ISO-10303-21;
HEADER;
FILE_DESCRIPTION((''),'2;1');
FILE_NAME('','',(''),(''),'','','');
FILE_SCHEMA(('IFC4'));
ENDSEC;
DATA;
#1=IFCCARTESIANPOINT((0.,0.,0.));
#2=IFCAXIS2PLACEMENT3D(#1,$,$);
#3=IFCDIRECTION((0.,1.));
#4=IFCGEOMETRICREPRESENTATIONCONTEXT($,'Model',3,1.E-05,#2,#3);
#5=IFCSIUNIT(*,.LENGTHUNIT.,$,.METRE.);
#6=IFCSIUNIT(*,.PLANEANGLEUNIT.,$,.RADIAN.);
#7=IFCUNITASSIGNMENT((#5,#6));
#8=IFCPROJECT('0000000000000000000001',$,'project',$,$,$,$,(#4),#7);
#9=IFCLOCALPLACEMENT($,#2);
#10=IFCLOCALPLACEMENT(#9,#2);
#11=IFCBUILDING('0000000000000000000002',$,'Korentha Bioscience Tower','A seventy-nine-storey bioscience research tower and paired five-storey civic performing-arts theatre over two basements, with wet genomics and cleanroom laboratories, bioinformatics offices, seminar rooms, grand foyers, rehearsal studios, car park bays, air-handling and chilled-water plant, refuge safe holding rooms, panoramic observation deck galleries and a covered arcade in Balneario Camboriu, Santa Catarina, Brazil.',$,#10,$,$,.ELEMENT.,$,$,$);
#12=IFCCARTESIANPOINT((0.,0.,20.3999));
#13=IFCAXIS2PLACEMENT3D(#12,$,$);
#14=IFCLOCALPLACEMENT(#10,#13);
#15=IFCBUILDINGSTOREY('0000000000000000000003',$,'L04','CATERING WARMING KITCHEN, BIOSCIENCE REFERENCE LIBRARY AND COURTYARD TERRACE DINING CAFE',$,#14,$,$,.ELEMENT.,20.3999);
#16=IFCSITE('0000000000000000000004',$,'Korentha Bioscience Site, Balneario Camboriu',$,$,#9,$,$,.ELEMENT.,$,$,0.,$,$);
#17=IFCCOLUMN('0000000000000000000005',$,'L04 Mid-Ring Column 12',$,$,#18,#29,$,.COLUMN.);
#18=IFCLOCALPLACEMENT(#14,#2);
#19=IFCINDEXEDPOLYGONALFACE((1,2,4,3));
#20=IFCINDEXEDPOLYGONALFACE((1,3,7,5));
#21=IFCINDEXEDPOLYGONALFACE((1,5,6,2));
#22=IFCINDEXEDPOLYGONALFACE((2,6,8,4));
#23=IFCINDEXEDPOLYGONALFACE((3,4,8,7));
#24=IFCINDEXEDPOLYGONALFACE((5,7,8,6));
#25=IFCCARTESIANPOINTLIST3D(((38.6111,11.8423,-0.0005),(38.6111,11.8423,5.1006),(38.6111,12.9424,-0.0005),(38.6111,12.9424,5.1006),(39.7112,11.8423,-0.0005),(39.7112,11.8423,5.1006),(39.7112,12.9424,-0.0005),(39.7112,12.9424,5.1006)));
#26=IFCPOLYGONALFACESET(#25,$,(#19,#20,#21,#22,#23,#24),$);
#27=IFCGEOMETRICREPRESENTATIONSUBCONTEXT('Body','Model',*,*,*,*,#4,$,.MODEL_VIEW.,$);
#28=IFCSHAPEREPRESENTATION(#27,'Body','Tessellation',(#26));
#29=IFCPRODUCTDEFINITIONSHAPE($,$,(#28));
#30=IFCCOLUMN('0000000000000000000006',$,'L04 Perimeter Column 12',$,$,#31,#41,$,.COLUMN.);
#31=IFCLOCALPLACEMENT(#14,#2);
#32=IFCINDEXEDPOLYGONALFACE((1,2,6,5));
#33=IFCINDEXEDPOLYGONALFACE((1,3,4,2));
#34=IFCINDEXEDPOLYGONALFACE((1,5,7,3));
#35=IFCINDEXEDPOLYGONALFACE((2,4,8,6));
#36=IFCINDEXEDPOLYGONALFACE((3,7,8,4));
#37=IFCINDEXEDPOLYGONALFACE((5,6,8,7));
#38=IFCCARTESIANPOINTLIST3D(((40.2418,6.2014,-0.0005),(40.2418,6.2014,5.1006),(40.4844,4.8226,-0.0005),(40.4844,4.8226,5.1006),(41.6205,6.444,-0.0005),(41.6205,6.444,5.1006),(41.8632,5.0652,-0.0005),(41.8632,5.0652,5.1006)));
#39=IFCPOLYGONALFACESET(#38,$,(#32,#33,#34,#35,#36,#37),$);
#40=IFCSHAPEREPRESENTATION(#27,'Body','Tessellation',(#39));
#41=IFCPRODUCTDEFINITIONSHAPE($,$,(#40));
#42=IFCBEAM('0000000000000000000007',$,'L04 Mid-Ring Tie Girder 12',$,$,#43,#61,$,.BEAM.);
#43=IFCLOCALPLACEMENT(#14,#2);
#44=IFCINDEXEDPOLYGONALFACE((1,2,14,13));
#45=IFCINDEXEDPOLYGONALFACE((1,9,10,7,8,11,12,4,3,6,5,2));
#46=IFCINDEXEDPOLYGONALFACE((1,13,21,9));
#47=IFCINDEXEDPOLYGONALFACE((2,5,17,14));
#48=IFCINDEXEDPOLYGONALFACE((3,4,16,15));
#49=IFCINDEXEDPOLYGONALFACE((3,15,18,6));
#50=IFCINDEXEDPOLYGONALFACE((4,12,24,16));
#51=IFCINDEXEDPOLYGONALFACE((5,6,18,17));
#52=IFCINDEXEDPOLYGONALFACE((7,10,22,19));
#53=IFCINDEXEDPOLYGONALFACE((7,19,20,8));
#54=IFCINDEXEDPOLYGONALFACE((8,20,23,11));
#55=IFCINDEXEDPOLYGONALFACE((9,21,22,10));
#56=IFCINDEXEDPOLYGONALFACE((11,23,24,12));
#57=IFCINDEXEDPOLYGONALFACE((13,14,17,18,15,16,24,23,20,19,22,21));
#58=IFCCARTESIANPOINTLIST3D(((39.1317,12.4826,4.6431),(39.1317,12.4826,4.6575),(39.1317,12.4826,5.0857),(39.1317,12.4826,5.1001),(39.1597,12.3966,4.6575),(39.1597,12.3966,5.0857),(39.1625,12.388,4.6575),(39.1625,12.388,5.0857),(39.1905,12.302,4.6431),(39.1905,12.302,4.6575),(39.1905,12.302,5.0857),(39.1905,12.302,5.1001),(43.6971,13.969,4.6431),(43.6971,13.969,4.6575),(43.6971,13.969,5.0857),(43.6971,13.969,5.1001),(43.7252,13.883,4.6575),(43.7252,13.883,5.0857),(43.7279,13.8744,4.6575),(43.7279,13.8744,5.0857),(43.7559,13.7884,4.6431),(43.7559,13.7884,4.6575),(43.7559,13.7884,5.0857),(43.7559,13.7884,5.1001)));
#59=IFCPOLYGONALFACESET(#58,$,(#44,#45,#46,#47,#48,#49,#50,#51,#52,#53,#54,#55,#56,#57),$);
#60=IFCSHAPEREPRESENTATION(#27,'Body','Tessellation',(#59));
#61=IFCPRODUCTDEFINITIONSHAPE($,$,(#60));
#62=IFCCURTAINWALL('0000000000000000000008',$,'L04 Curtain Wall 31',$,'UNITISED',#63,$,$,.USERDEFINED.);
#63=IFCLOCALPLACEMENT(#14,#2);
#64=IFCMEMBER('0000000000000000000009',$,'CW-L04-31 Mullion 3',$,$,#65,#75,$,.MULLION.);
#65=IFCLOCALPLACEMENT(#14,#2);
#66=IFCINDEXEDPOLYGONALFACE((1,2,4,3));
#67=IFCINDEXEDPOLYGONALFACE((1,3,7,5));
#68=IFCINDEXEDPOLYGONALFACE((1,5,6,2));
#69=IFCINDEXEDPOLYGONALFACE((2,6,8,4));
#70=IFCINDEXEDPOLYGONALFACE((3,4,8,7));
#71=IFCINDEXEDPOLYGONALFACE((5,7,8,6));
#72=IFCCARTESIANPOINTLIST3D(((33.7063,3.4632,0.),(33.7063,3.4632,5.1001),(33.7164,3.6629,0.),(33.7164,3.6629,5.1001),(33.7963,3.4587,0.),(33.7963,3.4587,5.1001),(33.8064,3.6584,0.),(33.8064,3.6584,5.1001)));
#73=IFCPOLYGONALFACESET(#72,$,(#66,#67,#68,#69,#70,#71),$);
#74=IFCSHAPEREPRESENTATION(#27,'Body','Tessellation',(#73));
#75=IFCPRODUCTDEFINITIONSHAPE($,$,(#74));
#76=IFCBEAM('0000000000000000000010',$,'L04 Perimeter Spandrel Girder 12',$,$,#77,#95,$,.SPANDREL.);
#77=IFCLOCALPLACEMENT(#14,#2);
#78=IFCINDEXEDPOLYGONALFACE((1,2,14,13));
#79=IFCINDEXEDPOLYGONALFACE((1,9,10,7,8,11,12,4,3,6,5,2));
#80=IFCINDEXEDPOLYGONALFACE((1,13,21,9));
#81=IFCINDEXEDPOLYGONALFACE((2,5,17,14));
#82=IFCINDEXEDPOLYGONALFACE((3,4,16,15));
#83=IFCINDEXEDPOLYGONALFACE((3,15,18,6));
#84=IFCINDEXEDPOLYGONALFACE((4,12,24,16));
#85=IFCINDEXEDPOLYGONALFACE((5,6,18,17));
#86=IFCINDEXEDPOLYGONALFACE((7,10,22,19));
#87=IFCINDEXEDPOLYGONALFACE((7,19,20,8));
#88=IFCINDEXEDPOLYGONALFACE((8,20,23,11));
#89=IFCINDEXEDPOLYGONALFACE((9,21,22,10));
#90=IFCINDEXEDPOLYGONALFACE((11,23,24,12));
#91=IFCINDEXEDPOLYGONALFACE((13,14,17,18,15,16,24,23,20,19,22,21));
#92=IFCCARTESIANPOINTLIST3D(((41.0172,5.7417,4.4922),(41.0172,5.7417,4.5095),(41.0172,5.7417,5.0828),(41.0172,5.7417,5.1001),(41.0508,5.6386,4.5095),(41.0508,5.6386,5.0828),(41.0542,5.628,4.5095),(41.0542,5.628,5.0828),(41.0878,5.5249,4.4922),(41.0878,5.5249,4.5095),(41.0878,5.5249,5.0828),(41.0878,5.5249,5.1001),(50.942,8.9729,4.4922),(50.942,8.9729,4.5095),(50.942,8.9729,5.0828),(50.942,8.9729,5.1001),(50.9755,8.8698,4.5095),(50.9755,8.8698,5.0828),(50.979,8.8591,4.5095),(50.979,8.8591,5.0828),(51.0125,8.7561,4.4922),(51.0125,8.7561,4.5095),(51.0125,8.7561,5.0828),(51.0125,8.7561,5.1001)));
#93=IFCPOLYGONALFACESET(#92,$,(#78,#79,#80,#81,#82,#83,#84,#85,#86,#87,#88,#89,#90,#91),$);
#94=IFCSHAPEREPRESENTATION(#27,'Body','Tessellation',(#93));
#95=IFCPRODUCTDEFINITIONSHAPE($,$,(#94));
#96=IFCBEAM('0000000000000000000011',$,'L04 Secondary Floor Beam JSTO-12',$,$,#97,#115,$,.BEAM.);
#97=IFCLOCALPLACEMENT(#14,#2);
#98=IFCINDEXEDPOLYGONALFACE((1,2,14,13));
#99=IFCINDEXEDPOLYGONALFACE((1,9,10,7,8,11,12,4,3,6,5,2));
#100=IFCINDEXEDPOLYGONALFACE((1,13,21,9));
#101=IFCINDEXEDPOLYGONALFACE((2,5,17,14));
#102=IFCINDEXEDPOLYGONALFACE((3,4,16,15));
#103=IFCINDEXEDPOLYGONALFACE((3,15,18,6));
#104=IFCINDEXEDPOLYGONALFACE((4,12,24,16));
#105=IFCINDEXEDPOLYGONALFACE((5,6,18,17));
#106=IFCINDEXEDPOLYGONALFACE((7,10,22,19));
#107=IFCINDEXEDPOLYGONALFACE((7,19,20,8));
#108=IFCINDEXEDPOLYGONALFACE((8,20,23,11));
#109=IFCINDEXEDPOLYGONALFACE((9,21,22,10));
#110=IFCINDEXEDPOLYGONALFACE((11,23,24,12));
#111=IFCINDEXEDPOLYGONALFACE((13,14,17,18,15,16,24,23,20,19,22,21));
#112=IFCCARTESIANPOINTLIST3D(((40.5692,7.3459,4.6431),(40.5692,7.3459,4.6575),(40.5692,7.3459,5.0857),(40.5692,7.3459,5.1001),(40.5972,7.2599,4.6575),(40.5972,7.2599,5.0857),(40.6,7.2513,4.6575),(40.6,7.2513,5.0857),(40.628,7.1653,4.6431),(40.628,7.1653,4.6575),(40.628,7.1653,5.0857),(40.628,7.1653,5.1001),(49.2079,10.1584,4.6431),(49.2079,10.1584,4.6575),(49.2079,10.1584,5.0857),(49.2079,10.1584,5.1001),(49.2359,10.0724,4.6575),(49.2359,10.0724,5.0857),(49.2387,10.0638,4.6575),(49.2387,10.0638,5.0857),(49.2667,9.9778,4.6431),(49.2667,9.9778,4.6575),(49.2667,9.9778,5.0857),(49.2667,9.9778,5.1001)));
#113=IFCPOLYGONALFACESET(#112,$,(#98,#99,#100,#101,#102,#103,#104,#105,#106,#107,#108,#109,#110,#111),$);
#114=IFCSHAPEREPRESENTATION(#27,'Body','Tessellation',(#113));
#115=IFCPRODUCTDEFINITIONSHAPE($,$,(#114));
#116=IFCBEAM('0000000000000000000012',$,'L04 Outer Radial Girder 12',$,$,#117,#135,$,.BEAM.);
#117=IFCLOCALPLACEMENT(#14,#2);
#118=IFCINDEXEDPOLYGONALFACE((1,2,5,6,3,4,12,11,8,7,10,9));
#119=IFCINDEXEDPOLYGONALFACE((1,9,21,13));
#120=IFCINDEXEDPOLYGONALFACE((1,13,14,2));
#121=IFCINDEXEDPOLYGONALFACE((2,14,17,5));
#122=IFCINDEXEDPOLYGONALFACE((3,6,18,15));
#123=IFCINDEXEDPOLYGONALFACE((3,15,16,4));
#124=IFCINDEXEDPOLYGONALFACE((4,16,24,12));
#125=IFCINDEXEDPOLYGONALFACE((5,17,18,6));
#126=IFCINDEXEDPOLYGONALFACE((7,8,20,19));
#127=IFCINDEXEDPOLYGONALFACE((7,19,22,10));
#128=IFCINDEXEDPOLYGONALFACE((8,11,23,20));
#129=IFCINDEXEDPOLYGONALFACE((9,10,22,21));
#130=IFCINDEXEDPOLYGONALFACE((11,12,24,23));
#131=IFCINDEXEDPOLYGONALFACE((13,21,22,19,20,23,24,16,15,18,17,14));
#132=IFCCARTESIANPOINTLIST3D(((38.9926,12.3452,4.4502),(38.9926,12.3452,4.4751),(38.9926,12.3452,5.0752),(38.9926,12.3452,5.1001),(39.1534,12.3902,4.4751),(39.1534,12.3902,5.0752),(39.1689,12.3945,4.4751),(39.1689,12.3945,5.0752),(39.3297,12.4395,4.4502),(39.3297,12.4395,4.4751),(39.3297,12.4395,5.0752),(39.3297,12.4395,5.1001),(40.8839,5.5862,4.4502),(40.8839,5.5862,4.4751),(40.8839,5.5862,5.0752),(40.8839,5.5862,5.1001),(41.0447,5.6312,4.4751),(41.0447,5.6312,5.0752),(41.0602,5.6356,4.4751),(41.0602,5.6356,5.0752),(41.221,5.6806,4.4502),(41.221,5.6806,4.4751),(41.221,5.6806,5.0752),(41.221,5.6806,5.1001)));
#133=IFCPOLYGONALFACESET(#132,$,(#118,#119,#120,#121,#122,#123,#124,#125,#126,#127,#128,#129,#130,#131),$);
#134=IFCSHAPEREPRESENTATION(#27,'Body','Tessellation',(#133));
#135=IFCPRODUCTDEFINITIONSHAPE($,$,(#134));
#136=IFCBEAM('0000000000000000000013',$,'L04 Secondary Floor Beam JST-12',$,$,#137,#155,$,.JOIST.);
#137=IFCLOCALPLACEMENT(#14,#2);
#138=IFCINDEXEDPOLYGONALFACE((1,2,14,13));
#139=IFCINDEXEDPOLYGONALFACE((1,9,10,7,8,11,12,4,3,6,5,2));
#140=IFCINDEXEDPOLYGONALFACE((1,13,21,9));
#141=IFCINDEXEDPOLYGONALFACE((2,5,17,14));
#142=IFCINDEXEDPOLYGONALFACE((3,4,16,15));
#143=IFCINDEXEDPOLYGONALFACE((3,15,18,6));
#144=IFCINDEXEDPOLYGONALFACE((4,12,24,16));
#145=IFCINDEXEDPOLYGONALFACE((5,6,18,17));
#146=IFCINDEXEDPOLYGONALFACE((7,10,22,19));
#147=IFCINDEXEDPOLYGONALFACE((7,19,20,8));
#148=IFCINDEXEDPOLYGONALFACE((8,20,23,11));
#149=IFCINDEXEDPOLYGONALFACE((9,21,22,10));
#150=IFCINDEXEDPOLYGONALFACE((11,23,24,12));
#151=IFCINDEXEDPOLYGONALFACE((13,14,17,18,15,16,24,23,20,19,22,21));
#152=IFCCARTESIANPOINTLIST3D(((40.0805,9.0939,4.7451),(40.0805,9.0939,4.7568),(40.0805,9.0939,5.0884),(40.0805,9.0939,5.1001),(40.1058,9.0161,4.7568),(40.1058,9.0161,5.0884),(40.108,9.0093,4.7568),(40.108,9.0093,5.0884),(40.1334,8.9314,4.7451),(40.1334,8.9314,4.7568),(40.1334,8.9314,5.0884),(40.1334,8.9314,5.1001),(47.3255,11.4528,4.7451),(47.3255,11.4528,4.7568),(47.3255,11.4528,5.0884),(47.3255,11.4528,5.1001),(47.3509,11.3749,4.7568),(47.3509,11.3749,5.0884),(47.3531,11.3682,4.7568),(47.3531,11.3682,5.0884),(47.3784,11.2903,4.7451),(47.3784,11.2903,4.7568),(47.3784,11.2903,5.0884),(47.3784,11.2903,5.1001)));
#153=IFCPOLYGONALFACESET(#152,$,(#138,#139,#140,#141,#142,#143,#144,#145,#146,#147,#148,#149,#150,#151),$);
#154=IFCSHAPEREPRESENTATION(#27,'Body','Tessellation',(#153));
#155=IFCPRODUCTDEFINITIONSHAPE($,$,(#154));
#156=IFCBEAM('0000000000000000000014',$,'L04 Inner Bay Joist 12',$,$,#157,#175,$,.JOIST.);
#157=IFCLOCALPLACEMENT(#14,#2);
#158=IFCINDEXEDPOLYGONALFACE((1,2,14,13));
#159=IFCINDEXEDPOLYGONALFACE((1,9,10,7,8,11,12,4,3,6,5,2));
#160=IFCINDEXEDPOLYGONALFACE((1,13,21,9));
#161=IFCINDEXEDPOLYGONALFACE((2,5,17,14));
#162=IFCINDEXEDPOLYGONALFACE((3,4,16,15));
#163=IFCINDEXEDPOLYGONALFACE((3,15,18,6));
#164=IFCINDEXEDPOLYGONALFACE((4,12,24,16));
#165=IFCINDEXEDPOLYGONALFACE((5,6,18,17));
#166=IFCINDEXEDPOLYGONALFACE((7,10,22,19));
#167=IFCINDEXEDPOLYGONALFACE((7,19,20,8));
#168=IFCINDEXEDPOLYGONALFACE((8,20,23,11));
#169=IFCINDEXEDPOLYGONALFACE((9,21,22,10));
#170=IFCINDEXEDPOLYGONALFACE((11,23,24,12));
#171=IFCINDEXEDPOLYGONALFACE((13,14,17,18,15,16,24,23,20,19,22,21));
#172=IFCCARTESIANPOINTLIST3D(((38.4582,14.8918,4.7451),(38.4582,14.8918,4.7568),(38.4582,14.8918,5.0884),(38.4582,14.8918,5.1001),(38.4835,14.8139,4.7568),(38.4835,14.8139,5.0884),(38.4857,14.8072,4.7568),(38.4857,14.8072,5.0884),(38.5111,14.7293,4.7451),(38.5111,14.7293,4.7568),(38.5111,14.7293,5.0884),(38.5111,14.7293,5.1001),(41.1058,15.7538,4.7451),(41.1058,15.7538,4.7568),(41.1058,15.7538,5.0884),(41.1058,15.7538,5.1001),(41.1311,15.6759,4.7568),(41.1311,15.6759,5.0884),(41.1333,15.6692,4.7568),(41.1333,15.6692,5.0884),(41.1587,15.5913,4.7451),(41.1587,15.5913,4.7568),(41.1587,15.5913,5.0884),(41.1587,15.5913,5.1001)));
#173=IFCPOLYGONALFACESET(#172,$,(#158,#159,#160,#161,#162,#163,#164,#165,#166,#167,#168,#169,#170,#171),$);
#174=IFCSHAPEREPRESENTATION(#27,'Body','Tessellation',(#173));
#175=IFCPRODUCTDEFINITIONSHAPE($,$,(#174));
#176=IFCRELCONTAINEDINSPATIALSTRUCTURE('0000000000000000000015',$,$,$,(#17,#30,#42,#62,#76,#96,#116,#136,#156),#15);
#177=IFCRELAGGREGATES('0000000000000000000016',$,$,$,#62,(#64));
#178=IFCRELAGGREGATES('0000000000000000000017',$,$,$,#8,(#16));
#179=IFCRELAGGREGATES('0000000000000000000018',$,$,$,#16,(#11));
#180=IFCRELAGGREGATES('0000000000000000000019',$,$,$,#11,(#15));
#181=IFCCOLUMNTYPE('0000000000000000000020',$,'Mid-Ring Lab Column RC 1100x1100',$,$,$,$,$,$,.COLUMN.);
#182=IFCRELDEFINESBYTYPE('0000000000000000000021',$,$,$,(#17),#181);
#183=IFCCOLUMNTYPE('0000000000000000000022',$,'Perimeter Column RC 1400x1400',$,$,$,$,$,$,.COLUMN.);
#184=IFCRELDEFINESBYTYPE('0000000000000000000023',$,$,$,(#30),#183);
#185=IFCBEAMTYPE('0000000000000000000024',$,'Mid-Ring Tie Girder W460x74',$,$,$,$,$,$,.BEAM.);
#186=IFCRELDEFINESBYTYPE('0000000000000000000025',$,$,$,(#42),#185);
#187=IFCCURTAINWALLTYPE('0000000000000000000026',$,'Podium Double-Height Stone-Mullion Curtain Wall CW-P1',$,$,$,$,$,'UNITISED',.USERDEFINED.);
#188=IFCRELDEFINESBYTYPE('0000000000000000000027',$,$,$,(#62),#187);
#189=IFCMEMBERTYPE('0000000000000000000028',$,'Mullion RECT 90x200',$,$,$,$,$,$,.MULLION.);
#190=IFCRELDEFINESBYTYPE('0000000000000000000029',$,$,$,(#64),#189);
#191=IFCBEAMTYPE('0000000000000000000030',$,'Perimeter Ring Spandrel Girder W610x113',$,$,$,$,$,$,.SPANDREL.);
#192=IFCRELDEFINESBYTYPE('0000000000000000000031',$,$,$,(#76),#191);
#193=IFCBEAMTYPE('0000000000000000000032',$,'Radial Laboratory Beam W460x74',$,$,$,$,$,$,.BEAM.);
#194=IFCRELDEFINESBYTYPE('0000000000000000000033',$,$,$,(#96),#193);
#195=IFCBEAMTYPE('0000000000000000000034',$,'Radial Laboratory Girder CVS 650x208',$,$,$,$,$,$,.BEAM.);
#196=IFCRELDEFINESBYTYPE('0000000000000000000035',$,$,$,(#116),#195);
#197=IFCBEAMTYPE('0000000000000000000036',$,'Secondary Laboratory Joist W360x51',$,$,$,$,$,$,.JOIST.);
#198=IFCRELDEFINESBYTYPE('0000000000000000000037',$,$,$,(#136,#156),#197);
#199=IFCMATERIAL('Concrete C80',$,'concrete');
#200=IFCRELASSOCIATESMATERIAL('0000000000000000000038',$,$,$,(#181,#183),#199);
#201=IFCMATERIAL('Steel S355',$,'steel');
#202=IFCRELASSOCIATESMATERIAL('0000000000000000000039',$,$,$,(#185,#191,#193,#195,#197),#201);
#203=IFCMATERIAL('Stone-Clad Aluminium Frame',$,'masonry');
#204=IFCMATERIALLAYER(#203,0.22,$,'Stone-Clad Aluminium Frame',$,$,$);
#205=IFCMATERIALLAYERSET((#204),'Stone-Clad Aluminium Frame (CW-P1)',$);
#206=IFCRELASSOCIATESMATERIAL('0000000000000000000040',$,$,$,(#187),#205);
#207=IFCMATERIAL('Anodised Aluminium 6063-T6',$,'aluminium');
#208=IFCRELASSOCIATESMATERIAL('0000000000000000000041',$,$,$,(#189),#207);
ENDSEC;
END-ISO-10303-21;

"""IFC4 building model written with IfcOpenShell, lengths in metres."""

from ifc_helpers import new_model, si_unit, direction, frame, origin, origin_2d, place, context, subcontext, project, spatial, rectangle, i_section, extrude, material, layer, layer_set, material_profile, profile_set, type_object, element, aggregate, save


model = new_model("IFC4")

# Units and contexts
model_context = context("Model", 3, precision=1e-05, world=origin(), true_north=direction((0.0, 1.0)))
body_context = subcontext(model_context, "Body", "Model", "MODEL_VIEW")
ifc_project = project(units=[si_unit("LENGTHUNIT", "METRE"), si_unit("PLANEANGLEUNIT", "RADIAN")], contexts=[model_context])

# Site, building, storey
site_placement = place(None, origin())
site = spatial("IfcSite", under=ifc_project, at=site_placement, Name="Korentha Bioscience Site, Balneario Camboriu", CompositionType="ELEMENT", RefElevation=0.0)
building_placement = place(site_placement, origin())
building = spatial("IfcBuilding", under=site, at=building_placement, Name="Korentha Bioscience Tower", Description="A seventy-nine-storey bioscience research tower and paired five-storey civic performing-arts theatre over two basements, with wet genomics and cleanroom laboratories, bioinformatics offices, seminar rooms, grand foyers, rehearsal studios, car park bays, air-handling and chilled-water plant, refuge safe holding rooms, panoramic observation deck galleries and a covered arcade in Balneario Camboriu, Santa Catarina, Brazil.", CompositionType="ELEMENT")
storey_placement = place(building_placement, frame((0.0, 0.0, 20.3999)))
storey = spatial("IfcBuildingStorey", under=building, at=storey_placement, Name="L04", Description="CATERING WARMING KITCHEN, BIOSCIENCE REFERENCE LIBRARY AND COURTYARD TERRACE DINING CAFE", CompositionType="ELEMENT", Elevation=20.3999)

# Columns
ifc_material_1 = material(Name="Concrete C80", Category="concrete")
ifc_material_profile_1 = material_profile(ifc_material_1, rectangle(XDim=1.1001, YDim=1.1001, at=origin_2d()), Name="Concrete C80")
ifc_profile_set_1 = profile_set([ifc_material_profile_1], Name="Concrete C80 (COL-MR11)")
column_type_1 = type_object("IfcColumnType", Name="Mid-Ring Lab Column RC 1100x1100", PredefinedType="COLUMN", material=ifc_profile_set_1)
column_1_placement = place(storey_placement, frame((39.1611, 12.3923, -0.0005), z_axis=(0.0, 0.0, 1.0), x_axis=(1.0, 0.0, 0.0)))
element("IfcColumn", 1, at=column_1_placement, inside=storey, type_object=column_type_1, Name="L04 Mid-Ring Column 12", PredefinedType="COLUMN", context=body_context, shape_type="SweptSolid", body=[
    extrude(rectangle(XDim=1.1001, YDim=1.1001, at=origin_2d()), origin(), (0.0, 0.0, 1.0), 5.1011),
])
ifc_material_profile_2 = material_profile(ifc_material_1, rectangle(XDim=1.3999, YDim=1.3999, at=origin_2d()), Name="Concrete C80")
ifc_profile_set_2 = profile_set([ifc_material_profile_2], Name="Concrete C80 (COL-P14)")
column_type_2 = type_object("IfcColumnType", Name="Perimeter Column RC 1400x1400", PredefinedType="COLUMN", material=ifc_profile_set_2)
column_2_placement = place(storey_placement, frame((41.0525, 5.6333, -0.0005), z_axis=(0.0, 0.0, 1.0), x_axis=(0.984868, 0.173304, 0.0)))
element("IfcColumn", 2, at=column_2_placement, inside=storey, type_object=column_type_2, Name="L04 Perimeter Column 12", PredefinedType="COLUMN", context=body_context, shape_type="SweptSolid", body=[
    extrude(rectangle(XDim=1.3999, YDim=1.3999, at=origin_2d()), origin(), (0.0, 0.0, 1.0), 5.1011),
])

# Beam
ifc_material_2 = material(Name="Steel S355", Category="steel")
ifc_material_profile_3 = material_profile(ifc_material_2, i_section(OverallWidth=0.1899, OverallDepth=0.457, WebThickness=0.009, FlangeThickness=0.0144, at=origin_2d()), Name="Steel S355")
ifc_profile_set_3 = profile_set([ifc_material_profile_3], Name="Steel S355 (MB-460)")
beam_type_1 = type_object("IfcBeamType", Name="Mid-Ring Tie Girder W460x74", PredefinedType="BEAM", material=ifc_profile_set_3)
beam_1_placement = place(storey_placement, frame((39.1611, 12.3923, 4.8716), z_axis=(0.950877, 0.309569, 0.0), x_axis=(-0.309569, 0.950877, 0.0)))
element("IfcBeam", 3, at=beam_1_placement, inside=storey, type_object=beam_type_1, Name="L04 Mid-Ring Tie Girder 12", PredefinedType="BEAM", context=body_context, shape_type="SweptSolid", body=[
    extrude(i_section(OverallWidth=0.1899, OverallDepth=0.457, WebThickness=0.009, FlangeThickness=0.0144, at=origin_2d()), origin(), (0.0, 0.0, 1.0), 4.8013),
])

# Curtain wall, member
ifc_material_3 = material(Name="Stone-Clad Aluminium Frame", Category="masonry")
ifc_layer_1 = layer(ifc_material_3, 0.22, Name="Stone-Clad Aluminium Frame")
ifc_layer_set_1 = layer_set([ifc_layer_1], Name="Stone-Clad Aluminium Frame (CW-P1)")
curtain_wall_type = type_object("IfcCurtainWallType", Name="Podium Double-Height Stone-Mullion Curtain Wall CW-P1", ElementType="UNITISED", PredefinedType="USERDEFINED", material=ifc_layer_set_1)
curtain_wall_placement = place(storey_placement, origin())
curtain_wall = element("IfcCurtainWall", 4, at=curtain_wall_placement, inside=storey, type_object=curtain_wall_type, Name="L04 Curtain Wall 31", ObjectType="UNITISED", PredefinedType="USERDEFINED")
ifc_material_4 = material(Name="Anodised Aluminium 6063-T6", Category="aluminium")
ifc_material_profile_4 = material_profile(ifc_material_4, rectangle(XDim=0.0901, YDim=0.2, at=origin_2d()), Name="Anodised Aluminium 6063-T6")
ifc_profile_set_4 = profile_set([ifc_material_profile_4], Name="Anodised Aluminium 6063-T6 (CW-MUL)")
member_type_1 = type_object("IfcMemberType", Name="Mullion RECT 90x200", PredefinedType="MULLION", material=ifc_profile_set_4)
member_1_placement = place(storey_placement, frame((33.7563, 3.5608, 0.0), z_axis=(0.0, 0.0, 1.0), x_axis=(0.998731, -0.050371, 0.0)))
member_1 = element("IfcMember", 5, at=member_1_placement, type_object=member_type_1, Name="CW-L04-31 Mullion 3", PredefinedType="MULLION", context=body_context, shape_type="SweptSolid", body=[
    extrude(rectangle(XDim=0.0901, YDim=0.2, at=origin_2d()), origin(), (0.0, 0.0, 1.0), 5.1001),
])

# Beams
ifc_material_profile_5 = material_profile(ifc_material_2, i_section(OverallWidth=0.228, OverallDepth=0.6079, WebThickness=0.0112, FlangeThickness=0.0173, at=origin_2d()), Name="Steel S355")
ifc_profile_set_5 = profile_set([ifc_material_profile_5], Name="Steel S355 (SB-610)")
beam_type_2 = type_object("IfcBeamType", Name="Perimeter Ring Spandrel Girder W610x113", PredefinedType="SPANDREL", material=ifc_profile_set_5)
beam_2_placement = place(storey_placement, frame((41.0525, 5.6333, 4.7961), z_axis=(0.950875, 0.309575, 0.0), x_axis=(-0.309575, 0.950875, 0.0)))
element("IfcBeam", 6, at=beam_2_placement, inside=storey, type_object=beam_type_2, Name="L04 Perimeter Spandrel Girder 12", PredefinedType="SPANDREL", context=body_context, shape_type="SweptSolid", body=[
    extrude(i_section(OverallWidth=0.228, OverallDepth=0.6079, WebThickness=0.0112, FlangeThickness=0.0173, at=origin_2d()), origin(), (0.0, 0.0, 1.0), 10.4375),
])
ifc_material_profile_6 = material_profile(ifc_material_2, i_section(OverallWidth=0.1899, OverallDepth=0.457, WebThickness=0.009, FlangeThickness=0.0144, at=origin_2d()), Name="Steel S355")
ifc_profile_set_6 = profile_set([ifc_material_profile_6], Name="Steel S355 (RB-460)")
beam_type_3 = type_object("IfcBeamType", Name="Radial Laboratory Beam W460x74", PredefinedType="BEAM", material=ifc_profile_set_6)
beam_3_placement = place(storey_placement, frame((40.5986, 7.2556, 4.8716), z_axis=(0.950874, 0.309577, 0.0), x_axis=(-0.309577, 0.950874, 0.0)))
element("IfcBeam", 7, at=beam_3_placement, inside=storey, type_object=beam_type_3, Name="L04 Secondary Floor Beam JSTO-12", PredefinedType="BEAM", context=body_context, shape_type="SweptSolid", body=[
    extrude(i_section(OverallWidth=0.1899, OverallDepth=0.457, WebThickness=0.009, FlangeThickness=0.0144, at=origin_2d()), origin(), (0.0, 0.0, 1.0), 9.085),
])
ifc_material_profile_7 = material_profile(ifc_material_2, i_section(OverallWidth=0.3501, OverallDepth=0.6499, WebThickness=0.0161, FlangeThickness=0.0249, at=origin_2d()), Name="Steel S355")
ifc_profile_set_7 = profile_set([ifc_material_profile_7], Name="Steel S355 (RB-650)")
beam_type_4 = type_object("IfcBeamType", Name="Radial Laboratory Girder CVS 650x208", PredefinedType="BEAM", material=ifc_profile_set_7)
beam_4_placement = place(storey_placement, frame((39.1611, 12.3923, 4.7751), z_axis=(0.269475, -0.963007, 0.0), x_axis=(0.963007, 0.269475, 0.0)))
element("IfcBeam", 8, at=beam_4_placement, inside=storey, type_object=beam_type_4, Name="L04 Outer Radial Girder 12", PredefinedType="BEAM", context=body_context, shape_type="SweptSolid", body=[
    extrude(i_section(OverallWidth=0.3501, OverallDepth=0.6499, WebThickness=0.0161, FlangeThickness=0.0249, at=origin_2d()), origin(), (0.0, 0.0, 1.0), 7.0186),
])
ifc_material_profile_8 = material_profile(ifc_material_2, i_section(OverallWidth=0.1709, OverallDepth=0.355, WebThickness=0.0071, FlangeThickness=0.0117, at=origin_2d()), Name="Steel S355")
ifc_profile_set_8 = profile_set([ifc_material_profile_8], Name="Steel S355 (JB-360)")
beam_type_5 = type_object("IfcBeamType", Name="Secondary Laboratory Joist W360x51", PredefinedType="JOIST", material=ifc_profile_set_8)
beam_5_placement = place(storey_placement, frame((40.1069, 9.0127, 4.9226), z_axis=(0.950871, 0.309587, 0.0), x_axis=(-0.309587, 0.950871, 0.0)))
element("IfcBeam", 9, at=beam_5_placement, inside=storey, type_object=beam_type_5, Name="L04 Secondary Floor Beam JST-12", PredefinedType="JOIST", context=body_context, shape_type="SweptSolid", body=[
    extrude(i_section(OverallWidth=0.1709, OverallDepth=0.355, WebThickness=0.0071, FlangeThickness=0.0117, at=origin_2d()), origin(), (0.0, 0.0, 1.0), 7.6194),
])
beam_6_placement = place(storey_placement, frame((38.4846, 14.8105, 4.9226), z_axis=(0.95087, 0.309592, 0.0), x_axis=(-0.309592, 0.95087, 0.0)))
element("IfcBeam", 10, at=beam_6_placement, inside=storey, type_object=beam_type_5, Name="L04 Inner Bay Joist 12", PredefinedType="JOIST", context=body_context, shape_type="SweptSolid", body=[
    extrude(i_section(OverallWidth=0.1709, OverallDepth=0.355, WebThickness=0.0071, FlangeThickness=0.0117, at=origin_2d()), origin(), (0.0, 0.0, 1.0), 2.7844),
])

aggregate(curtain_wall, [member_1])

save(model, "model.ifc")
